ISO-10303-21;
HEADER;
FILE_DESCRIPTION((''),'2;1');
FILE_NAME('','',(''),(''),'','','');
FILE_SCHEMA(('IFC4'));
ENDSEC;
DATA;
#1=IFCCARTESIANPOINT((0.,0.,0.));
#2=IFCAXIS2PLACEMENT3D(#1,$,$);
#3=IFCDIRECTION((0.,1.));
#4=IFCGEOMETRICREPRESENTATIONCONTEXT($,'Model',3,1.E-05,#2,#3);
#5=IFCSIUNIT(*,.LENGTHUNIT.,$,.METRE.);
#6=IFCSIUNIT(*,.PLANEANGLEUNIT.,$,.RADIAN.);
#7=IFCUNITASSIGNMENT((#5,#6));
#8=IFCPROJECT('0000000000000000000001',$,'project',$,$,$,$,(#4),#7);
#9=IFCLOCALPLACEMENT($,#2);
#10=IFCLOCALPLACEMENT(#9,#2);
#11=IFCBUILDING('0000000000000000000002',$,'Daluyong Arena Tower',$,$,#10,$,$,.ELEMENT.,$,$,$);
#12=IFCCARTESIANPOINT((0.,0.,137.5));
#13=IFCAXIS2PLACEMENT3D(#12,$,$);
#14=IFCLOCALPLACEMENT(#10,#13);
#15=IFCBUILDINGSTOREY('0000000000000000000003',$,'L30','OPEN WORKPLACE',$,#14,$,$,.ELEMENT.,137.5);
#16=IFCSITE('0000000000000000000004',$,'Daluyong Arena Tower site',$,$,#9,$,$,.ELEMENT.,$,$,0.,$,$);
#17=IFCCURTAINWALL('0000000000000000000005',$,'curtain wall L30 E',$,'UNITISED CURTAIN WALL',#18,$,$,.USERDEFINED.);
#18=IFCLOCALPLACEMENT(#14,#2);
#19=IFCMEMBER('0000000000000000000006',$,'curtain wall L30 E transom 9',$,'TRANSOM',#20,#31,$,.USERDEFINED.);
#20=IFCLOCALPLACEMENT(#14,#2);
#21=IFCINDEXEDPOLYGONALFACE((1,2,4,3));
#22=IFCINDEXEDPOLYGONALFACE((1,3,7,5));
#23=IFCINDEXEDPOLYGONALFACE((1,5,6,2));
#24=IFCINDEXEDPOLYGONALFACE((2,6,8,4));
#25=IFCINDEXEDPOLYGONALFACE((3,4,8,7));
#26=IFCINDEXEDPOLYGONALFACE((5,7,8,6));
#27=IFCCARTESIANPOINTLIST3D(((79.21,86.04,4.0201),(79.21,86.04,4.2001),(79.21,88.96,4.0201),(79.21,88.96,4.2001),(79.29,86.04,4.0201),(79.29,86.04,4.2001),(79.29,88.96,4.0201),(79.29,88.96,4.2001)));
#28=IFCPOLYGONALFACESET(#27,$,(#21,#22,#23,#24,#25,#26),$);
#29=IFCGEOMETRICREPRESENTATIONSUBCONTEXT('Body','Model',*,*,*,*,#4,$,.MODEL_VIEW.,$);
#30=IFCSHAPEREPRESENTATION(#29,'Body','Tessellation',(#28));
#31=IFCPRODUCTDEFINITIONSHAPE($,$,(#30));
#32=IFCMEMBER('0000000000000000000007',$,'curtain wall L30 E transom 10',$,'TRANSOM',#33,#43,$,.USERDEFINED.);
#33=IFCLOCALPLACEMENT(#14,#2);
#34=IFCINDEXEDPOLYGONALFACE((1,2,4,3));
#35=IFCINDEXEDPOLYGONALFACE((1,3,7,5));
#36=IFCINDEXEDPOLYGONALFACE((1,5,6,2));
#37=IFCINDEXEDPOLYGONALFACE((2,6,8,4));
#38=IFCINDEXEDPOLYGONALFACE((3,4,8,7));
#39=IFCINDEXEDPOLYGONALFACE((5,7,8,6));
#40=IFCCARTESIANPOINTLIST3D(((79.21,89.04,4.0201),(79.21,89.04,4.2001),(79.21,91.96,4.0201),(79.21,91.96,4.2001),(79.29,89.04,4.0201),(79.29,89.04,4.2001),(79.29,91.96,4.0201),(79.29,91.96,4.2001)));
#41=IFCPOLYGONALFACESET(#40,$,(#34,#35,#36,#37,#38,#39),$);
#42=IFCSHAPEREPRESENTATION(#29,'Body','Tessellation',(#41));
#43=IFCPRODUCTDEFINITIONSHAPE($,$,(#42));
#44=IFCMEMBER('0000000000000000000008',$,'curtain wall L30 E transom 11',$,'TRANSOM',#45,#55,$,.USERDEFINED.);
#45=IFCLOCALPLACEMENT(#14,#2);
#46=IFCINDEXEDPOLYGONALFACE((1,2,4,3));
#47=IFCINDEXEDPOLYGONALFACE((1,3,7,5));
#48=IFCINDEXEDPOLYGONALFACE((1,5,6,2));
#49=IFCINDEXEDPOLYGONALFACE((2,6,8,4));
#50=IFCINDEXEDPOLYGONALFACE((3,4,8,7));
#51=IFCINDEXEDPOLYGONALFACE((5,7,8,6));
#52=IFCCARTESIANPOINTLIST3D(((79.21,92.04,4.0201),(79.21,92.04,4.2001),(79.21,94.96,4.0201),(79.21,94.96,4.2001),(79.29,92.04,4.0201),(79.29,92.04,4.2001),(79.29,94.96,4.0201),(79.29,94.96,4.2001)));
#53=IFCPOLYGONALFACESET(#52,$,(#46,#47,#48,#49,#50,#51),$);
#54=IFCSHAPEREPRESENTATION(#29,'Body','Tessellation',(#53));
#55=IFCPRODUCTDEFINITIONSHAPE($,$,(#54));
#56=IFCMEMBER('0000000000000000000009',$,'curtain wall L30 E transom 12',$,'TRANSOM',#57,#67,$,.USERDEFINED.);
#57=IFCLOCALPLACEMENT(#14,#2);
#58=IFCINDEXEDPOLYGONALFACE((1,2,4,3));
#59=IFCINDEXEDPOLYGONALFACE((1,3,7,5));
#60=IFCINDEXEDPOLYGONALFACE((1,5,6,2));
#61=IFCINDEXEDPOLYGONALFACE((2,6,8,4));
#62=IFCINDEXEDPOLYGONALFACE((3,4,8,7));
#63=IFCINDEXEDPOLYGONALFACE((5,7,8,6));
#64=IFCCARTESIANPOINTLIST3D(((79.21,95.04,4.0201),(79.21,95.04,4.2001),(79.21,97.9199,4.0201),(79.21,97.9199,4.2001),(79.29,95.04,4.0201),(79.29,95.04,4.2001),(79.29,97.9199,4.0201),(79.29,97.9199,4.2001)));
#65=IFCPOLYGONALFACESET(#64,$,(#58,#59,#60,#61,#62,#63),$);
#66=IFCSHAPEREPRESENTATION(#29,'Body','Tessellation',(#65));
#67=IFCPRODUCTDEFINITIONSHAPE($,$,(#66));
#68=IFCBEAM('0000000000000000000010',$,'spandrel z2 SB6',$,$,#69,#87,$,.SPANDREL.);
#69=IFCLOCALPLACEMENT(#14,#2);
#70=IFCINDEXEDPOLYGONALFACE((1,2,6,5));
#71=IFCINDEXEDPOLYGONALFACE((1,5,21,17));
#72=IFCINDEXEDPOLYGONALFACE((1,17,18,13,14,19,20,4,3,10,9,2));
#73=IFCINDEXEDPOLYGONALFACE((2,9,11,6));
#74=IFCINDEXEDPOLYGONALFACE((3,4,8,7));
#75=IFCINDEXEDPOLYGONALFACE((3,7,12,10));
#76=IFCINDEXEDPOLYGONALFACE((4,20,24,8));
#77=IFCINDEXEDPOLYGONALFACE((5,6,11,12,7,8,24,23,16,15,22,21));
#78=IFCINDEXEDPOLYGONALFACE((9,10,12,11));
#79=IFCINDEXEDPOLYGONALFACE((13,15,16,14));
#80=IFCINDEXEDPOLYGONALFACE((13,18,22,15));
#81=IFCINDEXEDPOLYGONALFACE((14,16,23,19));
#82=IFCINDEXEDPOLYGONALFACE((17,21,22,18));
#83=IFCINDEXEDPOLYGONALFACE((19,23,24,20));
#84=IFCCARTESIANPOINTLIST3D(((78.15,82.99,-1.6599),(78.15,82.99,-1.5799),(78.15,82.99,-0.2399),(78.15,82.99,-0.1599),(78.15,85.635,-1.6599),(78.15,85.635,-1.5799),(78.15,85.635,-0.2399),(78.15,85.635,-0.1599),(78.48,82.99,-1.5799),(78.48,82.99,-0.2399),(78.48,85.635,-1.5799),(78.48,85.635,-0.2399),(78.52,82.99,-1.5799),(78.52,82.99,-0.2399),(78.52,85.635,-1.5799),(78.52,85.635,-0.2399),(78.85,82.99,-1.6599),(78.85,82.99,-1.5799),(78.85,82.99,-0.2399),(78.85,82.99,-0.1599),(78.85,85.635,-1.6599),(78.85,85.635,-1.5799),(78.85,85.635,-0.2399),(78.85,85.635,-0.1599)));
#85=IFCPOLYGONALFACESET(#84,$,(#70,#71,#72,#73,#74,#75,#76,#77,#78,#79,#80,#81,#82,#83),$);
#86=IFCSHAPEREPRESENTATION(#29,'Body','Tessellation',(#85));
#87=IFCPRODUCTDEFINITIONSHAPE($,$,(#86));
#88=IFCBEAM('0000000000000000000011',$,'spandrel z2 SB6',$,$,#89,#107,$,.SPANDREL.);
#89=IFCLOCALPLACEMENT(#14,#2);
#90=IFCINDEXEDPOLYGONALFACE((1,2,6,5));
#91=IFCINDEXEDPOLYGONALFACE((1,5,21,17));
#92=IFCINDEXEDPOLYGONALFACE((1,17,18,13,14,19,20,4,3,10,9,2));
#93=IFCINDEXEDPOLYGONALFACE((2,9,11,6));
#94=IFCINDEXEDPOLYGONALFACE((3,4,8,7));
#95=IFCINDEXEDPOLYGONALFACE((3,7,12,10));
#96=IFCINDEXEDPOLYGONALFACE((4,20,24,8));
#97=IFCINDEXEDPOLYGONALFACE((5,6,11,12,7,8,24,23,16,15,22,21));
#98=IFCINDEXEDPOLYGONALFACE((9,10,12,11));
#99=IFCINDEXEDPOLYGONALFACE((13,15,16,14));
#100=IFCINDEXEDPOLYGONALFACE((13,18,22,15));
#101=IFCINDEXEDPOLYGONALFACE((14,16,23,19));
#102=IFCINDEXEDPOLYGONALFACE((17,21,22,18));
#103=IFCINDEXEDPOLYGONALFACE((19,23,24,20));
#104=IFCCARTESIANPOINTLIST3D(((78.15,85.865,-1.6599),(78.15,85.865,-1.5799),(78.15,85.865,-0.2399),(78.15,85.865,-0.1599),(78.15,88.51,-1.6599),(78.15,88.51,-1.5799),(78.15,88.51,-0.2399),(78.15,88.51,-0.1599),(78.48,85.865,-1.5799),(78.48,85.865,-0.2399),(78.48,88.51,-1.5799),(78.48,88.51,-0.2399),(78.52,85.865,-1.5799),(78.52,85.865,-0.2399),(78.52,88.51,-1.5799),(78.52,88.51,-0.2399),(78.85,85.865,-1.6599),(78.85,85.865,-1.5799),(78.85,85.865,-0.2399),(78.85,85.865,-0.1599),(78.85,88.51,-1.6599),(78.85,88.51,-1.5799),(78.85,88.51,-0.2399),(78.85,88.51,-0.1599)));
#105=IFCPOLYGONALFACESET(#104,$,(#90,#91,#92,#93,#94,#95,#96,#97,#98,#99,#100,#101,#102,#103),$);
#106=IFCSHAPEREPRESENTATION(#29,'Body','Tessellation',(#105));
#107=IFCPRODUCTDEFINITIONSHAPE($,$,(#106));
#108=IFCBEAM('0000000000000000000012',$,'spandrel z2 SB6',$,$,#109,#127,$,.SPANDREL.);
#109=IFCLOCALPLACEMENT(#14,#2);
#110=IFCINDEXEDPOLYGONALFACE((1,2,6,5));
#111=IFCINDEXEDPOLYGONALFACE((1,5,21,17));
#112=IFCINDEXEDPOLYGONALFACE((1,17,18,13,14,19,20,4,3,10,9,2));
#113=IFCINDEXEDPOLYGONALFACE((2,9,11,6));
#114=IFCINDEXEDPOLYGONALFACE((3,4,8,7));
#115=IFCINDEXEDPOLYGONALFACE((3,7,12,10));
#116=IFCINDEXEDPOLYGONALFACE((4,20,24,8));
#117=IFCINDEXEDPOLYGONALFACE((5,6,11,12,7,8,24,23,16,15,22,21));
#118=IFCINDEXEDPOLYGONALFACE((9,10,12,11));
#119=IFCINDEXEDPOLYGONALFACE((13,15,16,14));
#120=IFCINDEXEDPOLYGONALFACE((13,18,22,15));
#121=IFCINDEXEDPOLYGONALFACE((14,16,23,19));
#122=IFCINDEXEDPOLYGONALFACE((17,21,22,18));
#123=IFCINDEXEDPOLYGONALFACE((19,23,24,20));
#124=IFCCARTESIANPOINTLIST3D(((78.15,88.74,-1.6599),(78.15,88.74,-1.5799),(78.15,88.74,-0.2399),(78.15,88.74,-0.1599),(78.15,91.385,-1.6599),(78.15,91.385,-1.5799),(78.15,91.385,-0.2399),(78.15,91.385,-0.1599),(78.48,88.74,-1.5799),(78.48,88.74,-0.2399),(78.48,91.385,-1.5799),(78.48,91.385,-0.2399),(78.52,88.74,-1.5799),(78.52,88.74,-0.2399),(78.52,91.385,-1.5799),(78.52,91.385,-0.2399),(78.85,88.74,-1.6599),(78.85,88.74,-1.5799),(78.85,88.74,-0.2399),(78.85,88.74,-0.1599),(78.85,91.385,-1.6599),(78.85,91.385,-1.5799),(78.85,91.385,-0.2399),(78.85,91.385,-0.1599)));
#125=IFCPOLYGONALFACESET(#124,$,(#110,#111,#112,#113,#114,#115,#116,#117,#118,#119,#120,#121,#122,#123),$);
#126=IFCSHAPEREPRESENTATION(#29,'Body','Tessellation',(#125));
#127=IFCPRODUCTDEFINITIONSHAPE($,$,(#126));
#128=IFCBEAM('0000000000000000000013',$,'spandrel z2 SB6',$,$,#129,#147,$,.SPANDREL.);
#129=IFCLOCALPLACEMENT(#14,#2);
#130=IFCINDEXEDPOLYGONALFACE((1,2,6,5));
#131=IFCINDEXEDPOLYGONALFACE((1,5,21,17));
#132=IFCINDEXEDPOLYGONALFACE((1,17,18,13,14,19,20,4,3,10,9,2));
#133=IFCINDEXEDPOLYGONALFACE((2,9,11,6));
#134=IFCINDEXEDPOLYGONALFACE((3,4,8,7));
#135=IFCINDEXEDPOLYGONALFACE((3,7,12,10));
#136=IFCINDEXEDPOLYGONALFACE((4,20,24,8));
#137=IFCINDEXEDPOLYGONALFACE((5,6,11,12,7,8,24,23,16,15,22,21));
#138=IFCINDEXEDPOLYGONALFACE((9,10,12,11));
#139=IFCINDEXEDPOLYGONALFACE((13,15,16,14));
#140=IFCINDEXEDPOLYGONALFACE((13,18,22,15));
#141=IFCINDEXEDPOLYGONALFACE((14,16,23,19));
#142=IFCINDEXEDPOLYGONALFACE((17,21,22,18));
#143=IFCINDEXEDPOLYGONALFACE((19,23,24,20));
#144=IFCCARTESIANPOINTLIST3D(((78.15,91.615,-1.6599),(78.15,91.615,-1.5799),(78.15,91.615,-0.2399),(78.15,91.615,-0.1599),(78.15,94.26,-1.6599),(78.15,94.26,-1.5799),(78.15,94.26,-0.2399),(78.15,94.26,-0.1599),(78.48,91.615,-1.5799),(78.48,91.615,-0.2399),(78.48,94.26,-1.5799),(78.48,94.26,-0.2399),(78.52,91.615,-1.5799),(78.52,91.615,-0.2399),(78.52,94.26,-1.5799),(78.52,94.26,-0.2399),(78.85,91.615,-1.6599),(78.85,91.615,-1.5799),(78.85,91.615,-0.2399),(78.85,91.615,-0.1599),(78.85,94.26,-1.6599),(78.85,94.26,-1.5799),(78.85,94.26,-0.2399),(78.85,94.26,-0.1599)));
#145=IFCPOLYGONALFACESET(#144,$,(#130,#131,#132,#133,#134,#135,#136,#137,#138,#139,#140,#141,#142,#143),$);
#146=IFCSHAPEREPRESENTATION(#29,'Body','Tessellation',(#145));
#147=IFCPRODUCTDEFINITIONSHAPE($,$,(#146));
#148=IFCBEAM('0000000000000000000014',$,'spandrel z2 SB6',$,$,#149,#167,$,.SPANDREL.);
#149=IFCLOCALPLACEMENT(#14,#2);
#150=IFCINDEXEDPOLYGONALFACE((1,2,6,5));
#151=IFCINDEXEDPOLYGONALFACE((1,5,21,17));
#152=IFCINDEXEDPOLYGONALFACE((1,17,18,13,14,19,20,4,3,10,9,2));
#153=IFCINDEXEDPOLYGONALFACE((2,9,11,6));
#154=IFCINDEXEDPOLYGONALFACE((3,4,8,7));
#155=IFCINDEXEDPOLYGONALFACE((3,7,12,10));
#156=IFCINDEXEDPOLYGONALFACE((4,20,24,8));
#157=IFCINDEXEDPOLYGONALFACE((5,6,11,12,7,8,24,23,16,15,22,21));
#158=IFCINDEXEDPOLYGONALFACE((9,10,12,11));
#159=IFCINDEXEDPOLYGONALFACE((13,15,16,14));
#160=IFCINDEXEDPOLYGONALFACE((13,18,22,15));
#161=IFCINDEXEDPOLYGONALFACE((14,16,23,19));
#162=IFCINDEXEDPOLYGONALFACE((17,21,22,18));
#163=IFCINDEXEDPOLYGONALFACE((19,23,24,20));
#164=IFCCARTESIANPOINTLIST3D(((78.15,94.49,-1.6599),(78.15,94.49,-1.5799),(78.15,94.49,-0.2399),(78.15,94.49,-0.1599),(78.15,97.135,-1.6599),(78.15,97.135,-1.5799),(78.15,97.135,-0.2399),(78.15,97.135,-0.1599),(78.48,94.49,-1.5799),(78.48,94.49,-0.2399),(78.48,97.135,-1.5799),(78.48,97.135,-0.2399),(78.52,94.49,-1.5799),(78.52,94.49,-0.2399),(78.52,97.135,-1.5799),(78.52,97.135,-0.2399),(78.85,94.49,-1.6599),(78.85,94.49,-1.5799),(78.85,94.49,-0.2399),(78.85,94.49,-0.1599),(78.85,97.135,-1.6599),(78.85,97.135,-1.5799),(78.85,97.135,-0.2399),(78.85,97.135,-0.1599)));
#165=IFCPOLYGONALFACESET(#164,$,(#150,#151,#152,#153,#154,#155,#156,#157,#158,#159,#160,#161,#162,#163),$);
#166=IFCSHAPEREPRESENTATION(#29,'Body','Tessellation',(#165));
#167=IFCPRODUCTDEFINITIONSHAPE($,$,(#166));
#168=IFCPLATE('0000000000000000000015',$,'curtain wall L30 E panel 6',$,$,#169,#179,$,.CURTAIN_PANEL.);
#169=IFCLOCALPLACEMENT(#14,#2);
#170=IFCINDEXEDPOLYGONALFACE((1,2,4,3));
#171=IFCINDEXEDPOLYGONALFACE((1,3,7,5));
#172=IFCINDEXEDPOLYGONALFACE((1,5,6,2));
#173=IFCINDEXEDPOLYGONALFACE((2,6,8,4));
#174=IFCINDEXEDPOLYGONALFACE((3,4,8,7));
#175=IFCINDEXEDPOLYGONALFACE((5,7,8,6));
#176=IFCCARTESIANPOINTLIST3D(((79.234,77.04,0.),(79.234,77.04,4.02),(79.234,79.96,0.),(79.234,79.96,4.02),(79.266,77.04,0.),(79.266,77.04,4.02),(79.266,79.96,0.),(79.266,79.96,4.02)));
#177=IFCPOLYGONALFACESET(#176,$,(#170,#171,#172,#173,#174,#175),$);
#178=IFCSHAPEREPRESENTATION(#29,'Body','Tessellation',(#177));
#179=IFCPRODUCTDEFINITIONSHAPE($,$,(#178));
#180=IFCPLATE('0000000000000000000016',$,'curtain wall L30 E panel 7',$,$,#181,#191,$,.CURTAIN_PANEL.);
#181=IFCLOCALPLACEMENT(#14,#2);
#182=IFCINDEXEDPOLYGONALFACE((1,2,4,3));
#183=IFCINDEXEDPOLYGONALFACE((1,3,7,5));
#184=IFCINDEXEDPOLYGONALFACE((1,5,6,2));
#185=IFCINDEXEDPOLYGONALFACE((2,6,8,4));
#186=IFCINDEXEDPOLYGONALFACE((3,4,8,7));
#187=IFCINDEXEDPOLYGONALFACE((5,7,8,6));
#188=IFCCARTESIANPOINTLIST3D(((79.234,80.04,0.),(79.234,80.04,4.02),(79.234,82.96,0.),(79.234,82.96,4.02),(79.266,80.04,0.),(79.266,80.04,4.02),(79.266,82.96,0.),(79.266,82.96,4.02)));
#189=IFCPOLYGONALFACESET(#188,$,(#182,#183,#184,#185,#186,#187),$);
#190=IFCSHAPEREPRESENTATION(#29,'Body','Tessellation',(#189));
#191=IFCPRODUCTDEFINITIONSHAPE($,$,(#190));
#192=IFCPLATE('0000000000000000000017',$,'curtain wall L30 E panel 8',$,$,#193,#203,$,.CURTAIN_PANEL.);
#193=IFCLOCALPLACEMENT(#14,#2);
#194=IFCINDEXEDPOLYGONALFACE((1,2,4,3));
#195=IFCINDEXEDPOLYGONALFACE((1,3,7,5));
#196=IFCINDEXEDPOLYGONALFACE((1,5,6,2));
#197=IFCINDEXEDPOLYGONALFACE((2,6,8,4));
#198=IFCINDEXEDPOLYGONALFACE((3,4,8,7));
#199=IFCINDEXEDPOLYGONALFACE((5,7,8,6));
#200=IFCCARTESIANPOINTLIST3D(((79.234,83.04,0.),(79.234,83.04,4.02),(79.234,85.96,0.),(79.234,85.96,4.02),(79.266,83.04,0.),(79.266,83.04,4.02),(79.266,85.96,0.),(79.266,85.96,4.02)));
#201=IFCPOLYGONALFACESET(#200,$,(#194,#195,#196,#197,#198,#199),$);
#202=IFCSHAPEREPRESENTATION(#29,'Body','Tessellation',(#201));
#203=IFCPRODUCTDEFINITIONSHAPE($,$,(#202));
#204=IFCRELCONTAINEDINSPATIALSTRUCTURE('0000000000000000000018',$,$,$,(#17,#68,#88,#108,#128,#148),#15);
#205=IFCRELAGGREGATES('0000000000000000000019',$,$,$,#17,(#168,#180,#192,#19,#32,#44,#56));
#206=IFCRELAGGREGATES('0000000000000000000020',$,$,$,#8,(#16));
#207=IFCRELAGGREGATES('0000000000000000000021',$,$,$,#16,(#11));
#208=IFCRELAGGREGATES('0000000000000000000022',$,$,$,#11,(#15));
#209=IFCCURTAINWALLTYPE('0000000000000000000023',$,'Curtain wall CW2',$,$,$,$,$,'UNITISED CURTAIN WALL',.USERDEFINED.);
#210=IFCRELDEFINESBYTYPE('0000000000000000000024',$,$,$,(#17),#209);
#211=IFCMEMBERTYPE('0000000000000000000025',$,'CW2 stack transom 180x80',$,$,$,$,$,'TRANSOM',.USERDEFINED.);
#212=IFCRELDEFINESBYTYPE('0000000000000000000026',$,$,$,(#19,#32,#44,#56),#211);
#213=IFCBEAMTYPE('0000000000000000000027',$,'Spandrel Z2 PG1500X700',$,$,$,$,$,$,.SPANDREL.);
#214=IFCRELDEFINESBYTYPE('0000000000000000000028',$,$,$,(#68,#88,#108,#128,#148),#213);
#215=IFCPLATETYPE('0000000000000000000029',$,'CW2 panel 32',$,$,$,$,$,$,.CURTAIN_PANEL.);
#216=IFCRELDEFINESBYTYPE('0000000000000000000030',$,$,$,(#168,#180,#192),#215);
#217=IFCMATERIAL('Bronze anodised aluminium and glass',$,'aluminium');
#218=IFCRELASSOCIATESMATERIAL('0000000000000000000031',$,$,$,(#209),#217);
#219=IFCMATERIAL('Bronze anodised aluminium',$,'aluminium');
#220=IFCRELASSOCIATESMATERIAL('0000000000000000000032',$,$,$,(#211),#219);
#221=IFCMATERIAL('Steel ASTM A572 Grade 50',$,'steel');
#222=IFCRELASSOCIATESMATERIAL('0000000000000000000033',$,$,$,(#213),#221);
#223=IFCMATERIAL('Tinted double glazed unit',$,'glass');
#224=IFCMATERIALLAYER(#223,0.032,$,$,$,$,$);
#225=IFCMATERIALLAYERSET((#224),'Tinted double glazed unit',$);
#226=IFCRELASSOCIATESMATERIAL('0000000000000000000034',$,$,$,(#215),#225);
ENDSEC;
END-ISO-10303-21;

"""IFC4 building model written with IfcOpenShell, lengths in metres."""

from ifc_helpers import new_model, si_unit, direction, frame, origin, origin_2d, place, context, subcontext, project, spatial, rectangle, i_section, extrude, material, layer, layer_set, material_profile, profile_set, type_object, element, aggregate, save


model = new_model("IFC4")

# Units and contexts
model_context = context("Model", 3, precision=1e-05, world=origin(), true_north=direction((0.0, 1.0)))
body_context = subcontext(model_context, "Body", "Model", "MODEL_VIEW")
ifc_project = project(units=[si_unit("LENGTHUNIT", "METRE"), si_unit("PLANEANGLEUNIT", "RADIAN")], contexts=[model_context])

# Site, building, storey
site_placement = place(None, origin())
site = spatial("IfcSite", under=ifc_project, at=site_placement, Name="Daluyong Arena Tower site", CompositionType="ELEMENT", RefElevation=0.0)
building_placement = place(site_placement, origin())
building = spatial("IfcBuilding", under=site, at=building_placement, Name="Daluyong Arena Tower", CompositionType="ELEMENT")
storey_placement = place(building_placement, frame((0.0, 0.0, 137.5)))
storey = spatial("IfcBuildingStorey", under=building, at=storey_placement, Name="L30", Description="OPEN WORKPLACE", CompositionType="ELEMENT", Elevation=137.5)

# Curtain wall, members
ifc_material_1 = material(Name="Bronze anodised aluminium and glass", Category="aluminium")
curtain_wall_type = type_object("IfcCurtainWallType", Name="Curtain wall CW2", ElementType="UNITISED CURTAIN WALL", PredefinedType="USERDEFINED", material=ifc_material_1)
curtain_wall_placement = place(storey_placement, origin())
curtain_wall = element("IfcCurtainWall", 1, at=curtain_wall_placement, inside=storey, type_object=curtain_wall_type, Name="curtain wall L30 E", ObjectType="UNITISED CURTAIN WALL", PredefinedType="USERDEFINED")
ifc_material_2 = material(Name="Bronze anodised aluminium", Category="aluminium")
ifc_material_profile_1 = material_profile(ifc_material_2, rectangle(XDim=0.0801, YDim=0.1799, at=origin_2d()))
ifc_profile_set_1 = profile_set([ifc_material_profile_1], Name="Bronze anodised aluminium")
member_type_1 = type_object("IfcMemberType", Name="CW2 stack transom 180x80", ElementType="TRANSOM", PredefinedType="USERDEFINED", material=ifc_profile_set_1)
member_1_placement = place(storey_placement, frame((79.25, 86.04, 4.1101), z_axis=(0.0, 1.0, 0.0), x_axis=(-1.0, 0.0, 0.0)))
member_1 = element("IfcMember", 2, at=member_1_placement, type_object=member_type_1, Name="curtain wall L30 E transom 9", ObjectType="TRANSOM", PredefinedType="USERDEFINED", context=body_context, shape_type="SweptSolid", body=[
    extrude(rectangle(XDim=0.0801, YDim=0.1799, at=origin_2d()), origin(), (0.0, 0.0, 1.0), 2.9199),
])
member_2_placement = place(storey_placement, frame((79.25, 89.04, 4.1101), z_axis=(0.0, 1.0, 0.0), x_axis=(-1.0, 0.0, 0.0)))
member_2 = element("IfcMember", 3, at=member_2_placement, type_object=member_type_1, Name="curtain wall L30 E transom 10", ObjectType="TRANSOM", PredefinedType="USERDEFINED", context=body_context, shape_type="SweptSolid", body=[
    extrude(rectangle(XDim=0.0801, YDim=0.1799, at=origin_2d()), origin(), (0.0, 0.0, 1.0), 2.9199),
])
member_3_placement = place(storey_placement, frame((79.25, 92.04, 4.1101), z_axis=(0.0, 1.0, 0.0), x_axis=(-1.0, 0.0, 0.0)))
member_3 = element("IfcMember", 4, at=member_3_placement, type_object=member_type_1, Name="curtain wall L30 E transom 11", ObjectType="TRANSOM", PredefinedType="USERDEFINED", context=body_context, shape_type="SweptSolid", body=[
    extrude(rectangle(XDim=0.0801, YDim=0.1799, at=origin_2d()), origin(), (0.0, 0.0, 1.0), 2.9199),
])
member_4_placement = place(storey_placement, frame((79.25, 95.04, 4.1101), z_axis=(0.0, 1.0, 0.0), x_axis=(-1.0, 0.0, 0.0)))
member_4 = element("IfcMember", 5, at=member_4_placement, type_object=member_type_1, Name="curtain wall L30 E transom 12", ObjectType="TRANSOM", PredefinedType="USERDEFINED", context=body_context, shape_type="SweptSolid", body=[
    extrude(rectangle(XDim=0.0801, YDim=0.1799, at=origin_2d()), origin(), (0.0, 0.0, 1.0), 2.8799),
])

# Beams
ifc_material_3 = material(Name="Steel ASTM A572 Grade 50", Category="steel")
ifc_material_profile_2 = material_profile(ifc_material_3, i_section(OverallWidth=0.7, OverallDepth=1.5, WebThickness=0.04, FlangeThickness=0.08, at=origin_2d()))
ifc_profile_set_2 = profile_set([ifc_material_profile_2], Name="Steel ASTM A572 Grade 50")
beam_type = type_object("IfcBeamType", Name="Spandrel Z2 PG1500X700", PredefinedType="SPANDREL", material=ifc_profile_set_2)
for number, where, z_axis, x_axis, name in (
    (6, (78.5, 82.99, -0.9099), (0.0, 1.0, 0.0), (-1.0, 0.0, 0.0), "spandrel z2 SB6"),
    (7, (78.5, 85.865, -0.9099), (0.0, 1.0, 0.0), (-1.0, 0.0, 0.0), "spandrel z2 SB6"),
    (8, (78.5, 88.74, -0.9099), (0.0, 1.0, 0.0), (-1.0, 0.0, 0.0), "spandrel z2 SB6"),
    (9, (78.5, 91.615, -0.9099), (0.0, 1.0, 0.0), (-1.0, 0.0, 0.0), "spandrel z2 SB6"),
    (10, (78.5, 94.49, -0.9099), (0.0, 1.0, 0.0), (-1.0, 0.0, 0.0), "spandrel z2 SB6"),
):
    element("IfcBeam", number, at=place(storey_placement, frame(where, z_axis=z_axis, x_axis=x_axis)), inside=storey, type_object=beam_type, Name=name, PredefinedType="SPANDREL", context=body_context, shape_type="SweptSolid", body=[
        extrude(i_section(OverallWidth=0.7, OverallDepth=1.5, WebThickness=0.04, FlangeThickness=0.08, at=origin_2d()), origin(), (0.0, 0.0, 1.0), 2.645),
    ])

# Plates
ifc_material_4 = material(Name="Tinted double glazed unit", Category="glass")
ifc_layer = layer(ifc_material_4, 0.032)
ifc_layer_set = layer_set([ifc_layer], Name="Tinted double glazed unit")
plate_type = type_object("IfcPlateType", Name="CW2 panel 32", PredefinedType="CURTAIN_PANEL", material=ifc_layer_set)
plate_1_placement = place(storey_placement, frame((79.25, 78.5, 0.0), z_axis=(0.0, 0.0, 1.0), x_axis=(0.0, 1.0, 0.0)))
plate_1 = element("IfcPlate", 11, at=plate_1_placement, type_object=plate_type, Name="curtain wall L30 E panel 6", PredefinedType="CURTAIN_PANEL", context=body_context, shape_type="SweptSolid", body=[
    extrude(rectangle(XDim=2.9199, YDim=0.032, at=origin_2d()), origin(), (0.0, 0.0, 1.0), 4.02),
])
plate_2_placement = place(storey_placement, frame((79.25, 81.5, 0.0), z_axis=(0.0, 0.0, 1.0), x_axis=(0.0, 1.0, 0.0)))
plate_2 = element("IfcPlate", 12, at=plate_2_placement, type_object=plate_type, Name="curtain wall L30 E panel 7", PredefinedType="CURTAIN_PANEL", context=body_context, shape_type="SweptSolid", body=[
    extrude(rectangle(XDim=2.9199, YDim=0.032, at=origin_2d()), origin(), (0.0, 0.0, 1.0), 4.02),
])
plate_3_placement = place(storey_placement, frame((79.25, 84.5, 0.0), z_axis=(0.0, 0.0, 1.0), x_axis=(0.0, 1.0, 0.0)))
plate_3 = element("IfcPlate", 13, at=plate_3_placement, type_object=plate_type, Name="curtain wall L30 E panel 8", PredefinedType="CURTAIN_PANEL", context=body_context, shape_type="SweptSolid", body=[
    extrude(rectangle(XDim=2.9199, YDim=0.032, at=origin_2d()), origin(), (0.0, 0.0, 1.0), 4.02),
])
aggregate(curtain_wall, [plate_1, plate_2, plate_3, member_1, member_2, member_3, member_4])

save(model, "model.ifc")
